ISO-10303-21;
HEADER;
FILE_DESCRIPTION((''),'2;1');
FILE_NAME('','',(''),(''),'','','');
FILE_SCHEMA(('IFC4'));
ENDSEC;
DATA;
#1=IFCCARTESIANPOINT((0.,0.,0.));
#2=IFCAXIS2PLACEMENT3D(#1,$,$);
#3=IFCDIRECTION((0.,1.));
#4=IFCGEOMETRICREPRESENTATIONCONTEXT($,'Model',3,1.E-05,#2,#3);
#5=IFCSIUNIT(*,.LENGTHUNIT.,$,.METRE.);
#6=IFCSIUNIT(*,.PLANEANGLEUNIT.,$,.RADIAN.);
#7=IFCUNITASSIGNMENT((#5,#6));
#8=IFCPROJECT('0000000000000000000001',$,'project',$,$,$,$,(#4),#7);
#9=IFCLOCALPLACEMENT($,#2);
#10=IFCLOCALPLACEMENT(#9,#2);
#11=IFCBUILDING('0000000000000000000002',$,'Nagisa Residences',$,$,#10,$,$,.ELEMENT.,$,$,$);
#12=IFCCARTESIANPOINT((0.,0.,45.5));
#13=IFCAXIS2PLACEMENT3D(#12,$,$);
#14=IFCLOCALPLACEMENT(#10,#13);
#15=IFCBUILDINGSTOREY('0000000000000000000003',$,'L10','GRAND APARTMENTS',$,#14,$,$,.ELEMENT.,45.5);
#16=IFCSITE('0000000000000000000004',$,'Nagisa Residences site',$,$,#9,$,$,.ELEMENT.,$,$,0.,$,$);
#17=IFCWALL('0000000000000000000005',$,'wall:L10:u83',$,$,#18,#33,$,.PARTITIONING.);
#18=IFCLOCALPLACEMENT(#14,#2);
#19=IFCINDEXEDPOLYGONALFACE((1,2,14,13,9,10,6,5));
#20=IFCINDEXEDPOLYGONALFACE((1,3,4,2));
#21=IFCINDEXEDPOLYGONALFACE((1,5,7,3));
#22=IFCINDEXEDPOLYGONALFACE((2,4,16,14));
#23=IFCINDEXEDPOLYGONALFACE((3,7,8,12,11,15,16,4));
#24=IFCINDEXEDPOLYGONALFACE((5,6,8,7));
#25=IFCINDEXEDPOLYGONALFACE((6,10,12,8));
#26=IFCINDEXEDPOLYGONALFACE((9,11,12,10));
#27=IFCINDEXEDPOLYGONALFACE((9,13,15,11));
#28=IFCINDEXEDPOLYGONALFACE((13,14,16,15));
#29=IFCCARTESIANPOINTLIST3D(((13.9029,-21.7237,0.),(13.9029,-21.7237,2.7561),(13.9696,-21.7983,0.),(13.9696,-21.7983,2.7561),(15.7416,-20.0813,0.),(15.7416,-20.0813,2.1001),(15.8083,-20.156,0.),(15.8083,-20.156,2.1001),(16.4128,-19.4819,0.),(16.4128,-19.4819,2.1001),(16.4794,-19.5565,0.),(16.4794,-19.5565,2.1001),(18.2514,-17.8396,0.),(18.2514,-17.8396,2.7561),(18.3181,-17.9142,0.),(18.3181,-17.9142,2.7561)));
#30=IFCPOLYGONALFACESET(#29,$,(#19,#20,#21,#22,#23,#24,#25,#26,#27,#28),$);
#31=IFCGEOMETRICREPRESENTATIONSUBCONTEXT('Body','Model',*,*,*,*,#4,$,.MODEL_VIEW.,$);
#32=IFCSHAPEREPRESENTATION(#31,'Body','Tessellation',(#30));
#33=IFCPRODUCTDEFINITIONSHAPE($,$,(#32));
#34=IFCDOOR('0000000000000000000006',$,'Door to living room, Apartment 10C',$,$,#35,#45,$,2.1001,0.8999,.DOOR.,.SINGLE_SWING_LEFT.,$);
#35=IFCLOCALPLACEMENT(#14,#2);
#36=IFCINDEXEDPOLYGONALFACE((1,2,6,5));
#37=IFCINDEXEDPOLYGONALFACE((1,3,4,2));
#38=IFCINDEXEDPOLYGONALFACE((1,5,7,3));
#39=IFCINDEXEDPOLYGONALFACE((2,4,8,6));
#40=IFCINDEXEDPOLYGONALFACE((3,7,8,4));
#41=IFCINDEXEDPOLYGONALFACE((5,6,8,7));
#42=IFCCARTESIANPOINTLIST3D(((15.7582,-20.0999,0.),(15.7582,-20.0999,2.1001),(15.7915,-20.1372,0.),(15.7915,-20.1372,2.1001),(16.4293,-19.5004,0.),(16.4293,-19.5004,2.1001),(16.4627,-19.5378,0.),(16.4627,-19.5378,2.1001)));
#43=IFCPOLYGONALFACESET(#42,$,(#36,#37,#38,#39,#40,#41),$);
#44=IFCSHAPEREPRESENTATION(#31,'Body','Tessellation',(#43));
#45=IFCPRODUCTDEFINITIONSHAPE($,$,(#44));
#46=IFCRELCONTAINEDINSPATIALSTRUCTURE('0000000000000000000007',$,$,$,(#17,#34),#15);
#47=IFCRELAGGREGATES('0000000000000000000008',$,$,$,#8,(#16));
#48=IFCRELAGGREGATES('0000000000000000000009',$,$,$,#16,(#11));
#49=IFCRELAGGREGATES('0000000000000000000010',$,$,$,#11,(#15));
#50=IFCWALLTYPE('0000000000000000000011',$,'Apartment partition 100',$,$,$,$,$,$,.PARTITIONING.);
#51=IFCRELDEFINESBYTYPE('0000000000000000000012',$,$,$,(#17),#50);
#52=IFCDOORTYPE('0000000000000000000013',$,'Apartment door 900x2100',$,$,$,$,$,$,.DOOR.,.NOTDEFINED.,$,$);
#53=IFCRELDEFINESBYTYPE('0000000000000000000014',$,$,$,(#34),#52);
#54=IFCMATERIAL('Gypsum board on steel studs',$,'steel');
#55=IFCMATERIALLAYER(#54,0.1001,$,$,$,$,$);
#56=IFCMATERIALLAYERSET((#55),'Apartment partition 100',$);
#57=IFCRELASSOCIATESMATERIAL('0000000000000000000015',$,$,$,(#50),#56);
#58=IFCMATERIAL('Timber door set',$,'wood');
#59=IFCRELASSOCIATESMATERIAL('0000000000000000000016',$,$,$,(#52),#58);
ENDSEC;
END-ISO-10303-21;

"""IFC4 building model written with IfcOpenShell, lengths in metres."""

from ifc_helpers import new_model, si_unit, direction, frame, frame_2d, origin, place, context, subcontext, project, spatial, rectangle, extrude, material, layer, layer_set, type_object, element, fill, save


model = new_model("IFC4")

# Units and contexts
model_context = context("Model", 3, precision=1e-05, world=origin(), true_north=direction((0.0, 1.0)))
body_context = subcontext(model_context, "Body", "Model", "MODEL_VIEW")
ifc_project = project(units=[si_unit("LENGTHUNIT", "METRE"), si_unit("PLANEANGLEUNIT", "RADIAN")], contexts=[model_context])

# Site, building, storey
site_placement = place(None, origin())
site = spatial("IfcSite", under=ifc_project, at=site_placement, Name="Nagisa Residences site", CompositionType="ELEMENT", RefElevation=0.0)
building_placement = place(site_placement, origin())
building = spatial("IfcBuilding", under=site, at=building_placement, Name="Nagisa Residences", CompositionType="ELEMENT")
storey_placement = place(building_placement, frame((0.0, 0.0, 45.5)))
storey = spatial("IfcBuildingStorey", under=building, at=storey_placement, Name="L10", Description="GRAND APARTMENTS", CompositionType="ELEMENT", Elevation=45.5)

# Shared definitions
ifc_material_1 = material(Name="Gypsum board on steel studs", Category="steel")
ifc_layer_1 = layer(ifc_material_1, 0.1001)
ifc_layer_set_1 = layer_set([ifc_layer_1], Name="Apartment partition 100")
wall_type_1 = type_object("IfcWallType", Name="Apartment partition 100", PredefinedType="PARTITIONING", material=ifc_layer_set_1)

# Shared definitions
ifc_material_2 = material(Name="Timber door set", Category="wood")
door_type_1 = type_object("IfcDoorType", Name="Apartment door 900x2100", OperationType="NOTDEFINED", PredefinedType="DOOR", material=ifc_material_2)

# Wall, opening, door
wall_1_placement = place(storey_placement, frame((13.9363, -21.761, 0.0), z_axis=(0.0, 0.0, 1.0), x_axis=(0.745806, 0.666163, 0.0)))
wall_1 = element("IfcWall", 1, at=wall_1_placement, inside=storey, type_object=wall_type_1, Name="wall:L10:u83", PredefinedType="PARTITIONING", context=body_context, shape_type="SweptSolid", body=[
    extrude(rectangle(XDim=5.8306, YDim=0.1001, at=frame_2d((2.9153, 0.0))), origin(), (0.0, 0.0, 1.0), 2.7561),
])
opening_1_placement = place(wall_1_placement, frame((2.4653, 0.0, 0.0)))
opening_1 = element("IfcOpeningElement", 2, at=opening_1_placement, cuts=wall_1, PredefinedType="OPENING", context=body_context, shape_type="SweptSolid", body=[
    extrude(rectangle(XDim=0.8999, YDim=2.1001, at=frame_2d((0.45, 1.05))), frame((0.0, 0.0601, 0.0), z_axis=(0.0, -1.0, 0.0), x_axis=(1.0, 0.0, 0.0)), (0.0, 0.0, 1.0), 0.1201),
])
door_1_placement = place(opening_1_placement, frame((0.8999, 0.0, 0.0), x_axis=(-1.0, 0.0, 0.0)))
door_1 = element("IfcDoor", 3, at=door_1_placement, inside=storey, type_object=door_type_1, Name="Door to living room, Apartment 10C", OperationType="SINGLE_SWING_LEFT", OverallHeight=2.1001, OverallWidth=0.8999, PredefinedType="DOOR", context=body_context, shape_type="SweptSolid", body=[
    extrude(rectangle(XDim=0.8999, YDim=2.1001, at=frame_2d((0.45, 1.05))), frame((0.0, 0.0249, 0.0), z_axis=(0.0, -1.0, 0.0), x_axis=(1.0, 0.0, 0.0)), (0.0, 0.0, 1.0), 0.05),
])
fill(opening_1, door_1)

save(model, "model.ifc")
